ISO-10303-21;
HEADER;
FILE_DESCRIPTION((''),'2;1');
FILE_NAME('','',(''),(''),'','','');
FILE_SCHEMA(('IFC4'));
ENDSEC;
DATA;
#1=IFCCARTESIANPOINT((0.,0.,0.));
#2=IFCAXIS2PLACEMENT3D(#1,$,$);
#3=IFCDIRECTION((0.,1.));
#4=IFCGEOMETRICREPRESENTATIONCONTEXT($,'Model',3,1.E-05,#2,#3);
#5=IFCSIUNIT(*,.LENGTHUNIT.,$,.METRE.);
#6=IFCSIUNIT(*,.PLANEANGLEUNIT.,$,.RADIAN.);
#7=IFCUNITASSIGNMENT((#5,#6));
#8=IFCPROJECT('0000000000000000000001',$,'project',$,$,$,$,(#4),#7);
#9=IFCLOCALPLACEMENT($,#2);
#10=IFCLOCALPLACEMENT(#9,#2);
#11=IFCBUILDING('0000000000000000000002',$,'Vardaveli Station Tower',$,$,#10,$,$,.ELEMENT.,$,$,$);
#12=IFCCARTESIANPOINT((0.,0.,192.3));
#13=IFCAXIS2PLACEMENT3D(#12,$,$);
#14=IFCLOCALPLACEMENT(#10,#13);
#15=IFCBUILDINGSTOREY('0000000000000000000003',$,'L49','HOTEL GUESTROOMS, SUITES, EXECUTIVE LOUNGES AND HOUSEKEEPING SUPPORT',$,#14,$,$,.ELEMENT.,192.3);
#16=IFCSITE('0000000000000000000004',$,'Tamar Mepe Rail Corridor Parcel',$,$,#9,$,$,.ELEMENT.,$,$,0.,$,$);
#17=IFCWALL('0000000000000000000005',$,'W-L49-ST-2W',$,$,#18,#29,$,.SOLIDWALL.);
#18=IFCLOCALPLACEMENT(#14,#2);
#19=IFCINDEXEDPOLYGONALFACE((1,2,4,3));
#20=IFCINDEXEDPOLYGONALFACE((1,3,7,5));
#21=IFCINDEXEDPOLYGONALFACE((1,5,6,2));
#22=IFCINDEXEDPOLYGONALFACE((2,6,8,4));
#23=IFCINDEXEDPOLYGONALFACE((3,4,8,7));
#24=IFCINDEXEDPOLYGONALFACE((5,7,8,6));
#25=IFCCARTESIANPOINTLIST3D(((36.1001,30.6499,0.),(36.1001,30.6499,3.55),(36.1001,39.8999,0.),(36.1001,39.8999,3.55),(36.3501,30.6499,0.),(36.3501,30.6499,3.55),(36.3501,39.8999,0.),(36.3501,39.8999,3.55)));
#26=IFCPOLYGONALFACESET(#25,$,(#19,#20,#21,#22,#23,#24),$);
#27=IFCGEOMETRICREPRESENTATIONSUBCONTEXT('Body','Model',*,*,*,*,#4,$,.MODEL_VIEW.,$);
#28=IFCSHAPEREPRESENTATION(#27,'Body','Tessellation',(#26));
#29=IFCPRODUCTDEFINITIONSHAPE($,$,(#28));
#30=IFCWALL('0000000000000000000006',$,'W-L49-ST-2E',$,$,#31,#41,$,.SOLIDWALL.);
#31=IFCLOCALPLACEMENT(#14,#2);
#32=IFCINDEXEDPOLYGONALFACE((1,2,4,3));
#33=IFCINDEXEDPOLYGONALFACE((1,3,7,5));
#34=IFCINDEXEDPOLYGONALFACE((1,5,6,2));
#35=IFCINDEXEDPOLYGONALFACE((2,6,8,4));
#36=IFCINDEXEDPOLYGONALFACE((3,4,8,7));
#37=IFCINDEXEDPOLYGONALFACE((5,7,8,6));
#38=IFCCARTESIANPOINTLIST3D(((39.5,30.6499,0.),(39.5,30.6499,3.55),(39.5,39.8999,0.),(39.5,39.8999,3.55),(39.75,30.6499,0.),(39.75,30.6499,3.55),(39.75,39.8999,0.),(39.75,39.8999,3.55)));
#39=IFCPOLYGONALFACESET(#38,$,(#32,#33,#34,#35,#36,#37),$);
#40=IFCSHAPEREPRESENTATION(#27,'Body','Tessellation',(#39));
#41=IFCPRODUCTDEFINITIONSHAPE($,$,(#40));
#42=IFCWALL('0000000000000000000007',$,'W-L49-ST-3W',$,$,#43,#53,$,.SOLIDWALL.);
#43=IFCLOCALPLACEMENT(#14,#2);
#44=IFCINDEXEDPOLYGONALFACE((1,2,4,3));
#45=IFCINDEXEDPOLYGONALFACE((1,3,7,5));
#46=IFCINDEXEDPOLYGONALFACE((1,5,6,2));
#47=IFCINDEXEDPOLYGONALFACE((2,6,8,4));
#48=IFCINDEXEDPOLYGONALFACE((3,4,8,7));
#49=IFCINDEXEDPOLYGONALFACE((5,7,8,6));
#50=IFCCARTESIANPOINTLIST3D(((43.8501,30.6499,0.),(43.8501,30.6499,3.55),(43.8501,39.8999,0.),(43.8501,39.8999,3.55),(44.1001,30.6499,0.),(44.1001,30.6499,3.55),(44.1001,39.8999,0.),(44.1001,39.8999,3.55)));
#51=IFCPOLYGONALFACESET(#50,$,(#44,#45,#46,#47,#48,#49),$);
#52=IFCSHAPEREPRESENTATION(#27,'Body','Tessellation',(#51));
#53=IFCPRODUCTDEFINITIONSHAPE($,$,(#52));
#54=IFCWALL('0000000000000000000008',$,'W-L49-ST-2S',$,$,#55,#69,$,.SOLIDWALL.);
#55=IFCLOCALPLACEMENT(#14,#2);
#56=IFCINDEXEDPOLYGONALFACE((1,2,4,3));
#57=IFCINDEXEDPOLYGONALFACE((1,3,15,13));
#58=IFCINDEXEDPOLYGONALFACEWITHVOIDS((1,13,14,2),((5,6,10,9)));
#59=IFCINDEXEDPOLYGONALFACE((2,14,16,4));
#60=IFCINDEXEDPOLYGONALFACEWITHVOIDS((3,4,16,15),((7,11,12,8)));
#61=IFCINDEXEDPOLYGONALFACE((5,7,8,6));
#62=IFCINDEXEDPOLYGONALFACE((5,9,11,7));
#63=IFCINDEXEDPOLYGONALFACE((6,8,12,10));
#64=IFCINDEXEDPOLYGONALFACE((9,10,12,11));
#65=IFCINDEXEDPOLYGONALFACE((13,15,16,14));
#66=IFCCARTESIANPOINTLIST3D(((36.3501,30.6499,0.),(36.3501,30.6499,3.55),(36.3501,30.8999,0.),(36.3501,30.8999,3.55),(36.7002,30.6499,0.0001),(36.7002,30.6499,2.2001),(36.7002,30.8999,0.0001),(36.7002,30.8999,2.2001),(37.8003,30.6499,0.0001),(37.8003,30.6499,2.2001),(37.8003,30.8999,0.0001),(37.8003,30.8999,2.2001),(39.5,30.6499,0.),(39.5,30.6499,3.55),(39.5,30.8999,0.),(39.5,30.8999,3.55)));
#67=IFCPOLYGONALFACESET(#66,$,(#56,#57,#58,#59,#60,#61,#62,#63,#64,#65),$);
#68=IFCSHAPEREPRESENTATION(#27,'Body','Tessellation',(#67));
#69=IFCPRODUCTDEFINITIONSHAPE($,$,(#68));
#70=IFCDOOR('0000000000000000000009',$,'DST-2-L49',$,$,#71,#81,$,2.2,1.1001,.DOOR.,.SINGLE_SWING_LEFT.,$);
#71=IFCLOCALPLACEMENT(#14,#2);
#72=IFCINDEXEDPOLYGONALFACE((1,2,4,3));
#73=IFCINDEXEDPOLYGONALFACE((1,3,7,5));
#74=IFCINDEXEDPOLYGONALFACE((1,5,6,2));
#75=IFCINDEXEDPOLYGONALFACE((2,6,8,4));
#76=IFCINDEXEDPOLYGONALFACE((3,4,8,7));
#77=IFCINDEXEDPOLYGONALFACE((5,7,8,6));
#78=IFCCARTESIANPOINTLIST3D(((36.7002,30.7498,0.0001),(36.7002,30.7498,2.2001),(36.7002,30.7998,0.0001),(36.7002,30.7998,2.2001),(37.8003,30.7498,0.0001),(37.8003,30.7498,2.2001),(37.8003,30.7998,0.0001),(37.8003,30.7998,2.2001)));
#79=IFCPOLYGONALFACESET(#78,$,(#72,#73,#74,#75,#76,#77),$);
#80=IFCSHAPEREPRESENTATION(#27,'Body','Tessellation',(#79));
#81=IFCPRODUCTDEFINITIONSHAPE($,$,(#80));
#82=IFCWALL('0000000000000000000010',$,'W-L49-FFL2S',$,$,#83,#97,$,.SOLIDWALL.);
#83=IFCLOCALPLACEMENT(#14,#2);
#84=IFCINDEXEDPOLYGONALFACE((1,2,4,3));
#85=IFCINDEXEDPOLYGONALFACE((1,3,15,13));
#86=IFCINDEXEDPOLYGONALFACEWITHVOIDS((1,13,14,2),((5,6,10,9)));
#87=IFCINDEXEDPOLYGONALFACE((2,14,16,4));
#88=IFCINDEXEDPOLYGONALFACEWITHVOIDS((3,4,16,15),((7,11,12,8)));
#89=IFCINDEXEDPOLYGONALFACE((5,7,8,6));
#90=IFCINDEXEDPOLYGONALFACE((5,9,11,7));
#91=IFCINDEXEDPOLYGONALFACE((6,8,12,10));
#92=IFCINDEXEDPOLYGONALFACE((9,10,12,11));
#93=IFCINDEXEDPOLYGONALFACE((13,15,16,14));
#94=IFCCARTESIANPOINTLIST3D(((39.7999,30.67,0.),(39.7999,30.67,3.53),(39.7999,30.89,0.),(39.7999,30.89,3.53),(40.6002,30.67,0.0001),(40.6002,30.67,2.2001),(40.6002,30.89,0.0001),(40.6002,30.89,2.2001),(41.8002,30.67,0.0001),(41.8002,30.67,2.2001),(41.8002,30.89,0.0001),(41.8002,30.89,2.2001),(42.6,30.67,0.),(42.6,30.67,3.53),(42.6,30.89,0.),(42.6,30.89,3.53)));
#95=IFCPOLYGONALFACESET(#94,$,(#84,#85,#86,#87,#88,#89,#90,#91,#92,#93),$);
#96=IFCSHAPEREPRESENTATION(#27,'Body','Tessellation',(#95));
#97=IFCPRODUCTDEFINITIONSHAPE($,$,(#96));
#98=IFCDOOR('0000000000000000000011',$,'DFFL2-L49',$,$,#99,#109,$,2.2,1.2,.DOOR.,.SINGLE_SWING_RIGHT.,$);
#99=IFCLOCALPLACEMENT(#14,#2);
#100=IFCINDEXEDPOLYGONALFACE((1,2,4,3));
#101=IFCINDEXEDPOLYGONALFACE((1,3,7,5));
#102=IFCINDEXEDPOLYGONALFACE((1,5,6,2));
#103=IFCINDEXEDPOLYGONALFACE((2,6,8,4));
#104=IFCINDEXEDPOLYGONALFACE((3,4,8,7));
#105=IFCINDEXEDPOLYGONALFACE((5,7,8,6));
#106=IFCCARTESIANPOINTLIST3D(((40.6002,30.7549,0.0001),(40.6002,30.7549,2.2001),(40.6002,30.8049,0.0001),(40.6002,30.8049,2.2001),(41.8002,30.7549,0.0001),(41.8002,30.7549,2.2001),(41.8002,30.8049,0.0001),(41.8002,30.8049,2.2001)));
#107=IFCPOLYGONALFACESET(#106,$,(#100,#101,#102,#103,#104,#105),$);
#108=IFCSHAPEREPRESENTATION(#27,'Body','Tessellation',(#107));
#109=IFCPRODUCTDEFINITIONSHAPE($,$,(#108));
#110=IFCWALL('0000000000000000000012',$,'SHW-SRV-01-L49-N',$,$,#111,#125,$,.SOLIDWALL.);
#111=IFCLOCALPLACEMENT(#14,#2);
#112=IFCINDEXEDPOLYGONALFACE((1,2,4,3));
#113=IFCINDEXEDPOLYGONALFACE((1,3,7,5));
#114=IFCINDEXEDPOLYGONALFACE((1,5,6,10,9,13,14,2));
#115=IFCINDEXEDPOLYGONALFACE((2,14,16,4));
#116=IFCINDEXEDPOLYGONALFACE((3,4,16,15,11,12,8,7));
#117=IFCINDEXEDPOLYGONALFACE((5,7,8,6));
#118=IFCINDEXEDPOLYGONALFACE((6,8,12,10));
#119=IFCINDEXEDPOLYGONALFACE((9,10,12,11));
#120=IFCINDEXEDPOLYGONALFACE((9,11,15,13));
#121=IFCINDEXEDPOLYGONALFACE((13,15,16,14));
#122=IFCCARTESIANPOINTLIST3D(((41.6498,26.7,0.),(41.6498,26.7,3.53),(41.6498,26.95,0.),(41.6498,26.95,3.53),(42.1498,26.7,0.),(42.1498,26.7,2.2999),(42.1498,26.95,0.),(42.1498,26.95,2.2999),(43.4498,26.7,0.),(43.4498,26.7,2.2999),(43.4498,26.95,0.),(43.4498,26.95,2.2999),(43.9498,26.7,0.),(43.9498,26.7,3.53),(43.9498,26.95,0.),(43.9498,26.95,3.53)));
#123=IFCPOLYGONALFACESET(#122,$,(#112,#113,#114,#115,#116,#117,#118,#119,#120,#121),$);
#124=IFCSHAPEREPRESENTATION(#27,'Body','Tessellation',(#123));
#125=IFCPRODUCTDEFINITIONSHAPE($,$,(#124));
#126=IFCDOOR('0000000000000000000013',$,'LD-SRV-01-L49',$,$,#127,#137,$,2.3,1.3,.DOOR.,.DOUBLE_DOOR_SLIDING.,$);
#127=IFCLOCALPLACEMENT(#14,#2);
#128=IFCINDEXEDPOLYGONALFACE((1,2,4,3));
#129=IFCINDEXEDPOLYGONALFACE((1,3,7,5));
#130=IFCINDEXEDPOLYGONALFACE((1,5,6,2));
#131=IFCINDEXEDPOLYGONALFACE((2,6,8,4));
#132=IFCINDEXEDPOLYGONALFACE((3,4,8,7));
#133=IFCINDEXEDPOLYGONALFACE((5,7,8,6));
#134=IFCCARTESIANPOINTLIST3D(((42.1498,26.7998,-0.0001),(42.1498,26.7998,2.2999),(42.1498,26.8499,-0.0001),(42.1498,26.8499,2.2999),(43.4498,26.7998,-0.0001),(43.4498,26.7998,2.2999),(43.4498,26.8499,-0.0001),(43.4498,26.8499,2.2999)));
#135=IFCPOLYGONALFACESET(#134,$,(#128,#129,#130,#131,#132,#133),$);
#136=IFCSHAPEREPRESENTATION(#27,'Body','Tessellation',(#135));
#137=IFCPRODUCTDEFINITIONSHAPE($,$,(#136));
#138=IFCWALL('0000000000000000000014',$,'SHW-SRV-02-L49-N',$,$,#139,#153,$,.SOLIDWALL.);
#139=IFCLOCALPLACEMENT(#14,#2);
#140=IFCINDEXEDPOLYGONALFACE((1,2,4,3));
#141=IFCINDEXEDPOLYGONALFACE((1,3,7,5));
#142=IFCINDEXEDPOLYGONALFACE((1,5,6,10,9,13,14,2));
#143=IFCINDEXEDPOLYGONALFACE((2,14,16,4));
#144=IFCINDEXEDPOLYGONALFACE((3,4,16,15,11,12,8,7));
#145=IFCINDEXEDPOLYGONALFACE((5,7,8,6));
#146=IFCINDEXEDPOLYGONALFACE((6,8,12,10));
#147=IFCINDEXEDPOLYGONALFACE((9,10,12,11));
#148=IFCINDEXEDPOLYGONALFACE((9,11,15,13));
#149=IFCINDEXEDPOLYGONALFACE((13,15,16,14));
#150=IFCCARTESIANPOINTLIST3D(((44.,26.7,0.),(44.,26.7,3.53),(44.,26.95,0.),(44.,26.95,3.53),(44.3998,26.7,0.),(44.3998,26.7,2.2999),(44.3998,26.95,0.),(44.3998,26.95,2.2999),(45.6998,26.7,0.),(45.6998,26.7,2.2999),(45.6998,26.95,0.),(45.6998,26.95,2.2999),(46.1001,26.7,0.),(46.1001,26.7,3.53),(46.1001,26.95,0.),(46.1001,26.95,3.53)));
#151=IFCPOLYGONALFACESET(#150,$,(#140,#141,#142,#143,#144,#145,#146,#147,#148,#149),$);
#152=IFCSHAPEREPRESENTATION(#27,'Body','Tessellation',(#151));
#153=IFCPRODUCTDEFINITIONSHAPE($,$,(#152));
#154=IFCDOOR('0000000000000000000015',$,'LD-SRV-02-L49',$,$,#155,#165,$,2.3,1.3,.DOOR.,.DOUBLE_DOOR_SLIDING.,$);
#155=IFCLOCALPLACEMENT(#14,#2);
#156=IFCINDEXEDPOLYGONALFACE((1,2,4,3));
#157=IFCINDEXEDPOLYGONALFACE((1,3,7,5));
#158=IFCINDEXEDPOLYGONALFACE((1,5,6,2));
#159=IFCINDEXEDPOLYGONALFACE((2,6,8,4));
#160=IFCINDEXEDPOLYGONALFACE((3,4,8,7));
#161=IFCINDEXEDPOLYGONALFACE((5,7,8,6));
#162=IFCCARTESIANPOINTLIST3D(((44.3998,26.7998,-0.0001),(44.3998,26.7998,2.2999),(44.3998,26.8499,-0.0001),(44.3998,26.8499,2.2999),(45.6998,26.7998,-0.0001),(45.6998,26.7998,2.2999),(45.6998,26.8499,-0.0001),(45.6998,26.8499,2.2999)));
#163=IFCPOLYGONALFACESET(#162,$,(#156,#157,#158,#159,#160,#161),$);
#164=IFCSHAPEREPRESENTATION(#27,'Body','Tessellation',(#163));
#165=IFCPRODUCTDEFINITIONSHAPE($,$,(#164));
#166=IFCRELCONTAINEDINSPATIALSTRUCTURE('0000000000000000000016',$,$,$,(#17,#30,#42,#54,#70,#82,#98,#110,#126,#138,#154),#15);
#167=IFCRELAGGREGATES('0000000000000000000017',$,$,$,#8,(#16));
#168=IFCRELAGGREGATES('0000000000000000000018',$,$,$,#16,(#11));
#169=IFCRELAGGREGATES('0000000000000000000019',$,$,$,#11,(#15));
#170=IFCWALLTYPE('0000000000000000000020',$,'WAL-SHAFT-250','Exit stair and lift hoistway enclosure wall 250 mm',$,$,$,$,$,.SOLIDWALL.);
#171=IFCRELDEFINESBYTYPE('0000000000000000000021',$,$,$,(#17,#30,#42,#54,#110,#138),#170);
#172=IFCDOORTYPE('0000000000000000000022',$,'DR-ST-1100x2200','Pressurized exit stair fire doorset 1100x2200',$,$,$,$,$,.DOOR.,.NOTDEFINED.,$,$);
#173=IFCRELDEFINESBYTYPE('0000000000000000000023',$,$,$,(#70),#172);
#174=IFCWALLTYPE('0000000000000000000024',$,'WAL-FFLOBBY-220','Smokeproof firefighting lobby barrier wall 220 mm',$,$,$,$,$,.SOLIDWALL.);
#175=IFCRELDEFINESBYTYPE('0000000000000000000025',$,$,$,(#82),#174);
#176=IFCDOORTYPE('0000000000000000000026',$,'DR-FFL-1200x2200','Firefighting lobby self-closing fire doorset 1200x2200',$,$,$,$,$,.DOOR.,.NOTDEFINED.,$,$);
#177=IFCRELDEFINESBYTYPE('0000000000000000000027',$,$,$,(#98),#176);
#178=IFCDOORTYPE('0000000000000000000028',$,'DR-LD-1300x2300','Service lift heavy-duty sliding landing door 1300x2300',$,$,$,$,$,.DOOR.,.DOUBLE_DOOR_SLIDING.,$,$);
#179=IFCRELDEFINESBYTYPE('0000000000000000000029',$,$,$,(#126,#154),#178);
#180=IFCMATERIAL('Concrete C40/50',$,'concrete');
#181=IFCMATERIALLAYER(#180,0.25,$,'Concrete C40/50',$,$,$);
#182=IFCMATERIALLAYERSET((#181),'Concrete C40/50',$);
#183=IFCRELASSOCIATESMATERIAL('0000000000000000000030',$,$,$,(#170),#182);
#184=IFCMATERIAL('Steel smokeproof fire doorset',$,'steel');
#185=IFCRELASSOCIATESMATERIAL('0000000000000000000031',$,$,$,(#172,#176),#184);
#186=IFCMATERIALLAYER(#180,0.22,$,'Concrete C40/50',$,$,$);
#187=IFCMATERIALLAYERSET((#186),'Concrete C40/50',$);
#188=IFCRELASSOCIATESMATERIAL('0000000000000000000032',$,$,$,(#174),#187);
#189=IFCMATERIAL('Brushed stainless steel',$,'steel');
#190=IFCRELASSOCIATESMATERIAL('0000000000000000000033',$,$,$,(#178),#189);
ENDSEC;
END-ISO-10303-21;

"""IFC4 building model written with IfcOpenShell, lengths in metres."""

from ifc_helpers import new_model, si_unit, direction, frame, frame_2d, origin, place, context, subcontext, project, spatial, rectangle, extrude, source, transform, mapped, material, layer, layer_set, type_object, element, fill, save


model = new_model("IFC4")

# Units and contexts
model_context = context("Model", 3, precision=1e-05, world=origin(), true_north=direction((0.0, 1.0)))
body_context = subcontext(model_context, "Body", "Model", "MODEL_VIEW")
ifc_project = project(units=[si_unit("LENGTHUNIT", "METRE"), si_unit("PLANEANGLEUNIT", "RADIAN")], contexts=[model_context])

# Site, building, storey
site_placement = place(None, origin())
site = spatial("IfcSite", under=ifc_project, at=site_placement, Name="Tamar Mepe Rail Corridor Parcel", CompositionType="ELEMENT", RefElevation=0.0)
building_placement = place(site_placement, origin())
building = spatial("IfcBuilding", under=site, at=building_placement, Name="Vardaveli Station Tower", CompositionType="ELEMENT")
storey_placement = place(building_placement, frame((0.0, 0.0, 192.3)))
storey = spatial("IfcBuildingStorey", under=building, at=storey_placement, Name="L49", Description="HOTEL GUESTROOMS, SUITES, EXECUTIVE LOUNGES AND HOUSEKEEPING SUPPORT", CompositionType="ELEMENT", Elevation=192.3)

# Walls
ifc_material_1 = material(Name="Concrete C40/50", Category="concrete")
ifc_layer_1 = layer(ifc_material_1, 0.25, Name="Concrete C40/50")
ifc_layer_set_1 = layer_set([ifc_layer_1], Name="Concrete C40/50")
wall_type_1 = type_object("IfcWallType", Name="WAL-SHAFT-250", Description="Exit stair and lift hoistway enclosure wall 250 mm", PredefinedType="SOLIDWALL", material=ifc_layer_set_1)
shared_shape_1 = source(origin(), body_context, "Body", "SweptSolid", [
    extrude(rectangle(XDim=9.25, YDim=0.25, at=frame_2d((4.625, 0.0))), origin(), (0.0, 0.0, 1.0), 3.55),
])
for number, where, z_axis, x_axis, name in (
    (1, (36.2251, 30.6499, 0.0), (0.0, 0.0, 1.0), (0.0, 1.0, 0.0), "W-L49-ST-2W"),
    (2, (39.625, 30.6499, 0.0), (0.0, 0.0, 1.0), (0.0, 1.0, 0.0), "W-L49-ST-2E"),
    (3, (43.9751, 30.6499, 0.0), (0.0, 0.0, 1.0), (0.0, 1.0, 0.0), "W-L49-ST-3W"),
):
    element("IfcWall", number, at=place(storey_placement, frame(where, z_axis=z_axis, x_axis=x_axis)), inside=storey, type_object=wall_type_1, Name=name, PredefinedType="SOLIDWALL", context=body_context, shape_type="MappedRepresentation", body=[
        mapped(shared_shape_1, transform((0.0, 0.0, 0.0), scale=1.0)),
    ])

# Walls, openings, doors
shared_shape_2 = source(origin(), body_context, "Body", "SweptSolid", [
    extrude(rectangle(XDim=3.1499, YDim=0.25, at=frame_2d((1.575, 0.0))), origin(), (0.0, 0.0, 1.0), 3.55),
])
wall_1_placement = place(storey_placement, frame((36.3501, 30.7749, 0.0), z_axis=(0.0, 0.0, 1.0), x_axis=(1.0, 0.0, 0.0)))
wall_1 = element("IfcWall", 4, at=wall_1_placement, inside=storey, type_object=wall_type_1, Name="W-L49-ST-2S", PredefinedType="SOLIDWALL", context=body_context, shape_type="MappedRepresentation", body=[
    mapped(shared_shape_2, transform((0.0, 0.0, 0.0), scale=1.0)),
])
shared_shape_3 = source(origin(), body_context, "Body", "SweptSolid", [
    extrude(rectangle(XDim=1.1001, YDim=2.2, at=frame_2d((0.55, 1.1001))), frame((0.0, 0.135, 0.0), z_axis=(0.0, -1.0, 0.0), x_axis=(1.0, 0.0, 0.0)), (0.0, 0.0, 1.0), 0.27),
])
opening_1_placement = place(wall_1_placement, frame((0.3501, 0.0, 0.0)))
opening_1 = element("IfcOpeningElement", 5, at=opening_1_placement, cuts=wall_1, PredefinedType="OPENING", context=body_context, shape_type="MappedRepresentation", body=[
    mapped(shared_shape_3, transform((0.0, 0.0, 0.0), scale=1.0)),
])
ifc_material_2 = material(Name="Steel smokeproof fire doorset", Category="steel")
door_type_1 = type_object("IfcDoorType", Name="DR-ST-1100x2200", Description="Pressurized exit stair fire doorset 1100x2200", OperationType="NOTDEFINED", PredefinedType="DOOR", material=ifc_material_2)
shared_shape_4 = source(origin(), body_context, "Body", "SweptSolid", [
    extrude(rectangle(XDim=1.1001, YDim=2.2, at=frame_2d((0.55, 1.1001))), frame((0.0, 0.0249, 0.0), z_axis=(0.0, -1.0, 0.0), x_axis=(1.0, 0.0, 0.0)), (0.0, 0.0, 1.0), 0.05),
])
door_1_placement = place(opening_1_placement, origin())
door_1 = element("IfcDoor", 6, at=door_1_placement, inside=storey, type_object=door_type_1, Name="DST-2-L49", OperationType="SINGLE_SWING_LEFT", OverallHeight=2.2, OverallWidth=1.1001, PredefinedType="DOOR", context=body_context, shape_type="MappedRepresentation", body=[
    mapped(shared_shape_4, transform((0.0, 0.0, 0.0), scale=1.0)),
])
fill(opening_1, door_1)
ifc_layer_2 = layer(ifc_material_1, 0.22, Name="Concrete C40/50")
ifc_layer_set_2 = layer_set([ifc_layer_2], Name="Concrete C40/50")
wall_type_2 = type_object("IfcWallType", Name="WAL-FFLOBBY-220", Description="Smokeproof firefighting lobby barrier wall 220 mm", PredefinedType="SOLIDWALL", material=ifc_layer_set_2)
shared_shape_5 = source(origin(), body_context, "Body", "SweptSolid", [
    extrude(rectangle(XDim=2.8, YDim=0.22, at=frame_2d((1.3999, 0.0))), origin(), (0.0, 0.0, 1.0), 3.53),
])
wall_2_placement = place(storey_placement, frame((39.8, 30.78, 0.0), z_axis=(0.0, 0.0, 1.0), x_axis=(1.0, 0.0, 0.0)))
wall_2 = element("IfcWall", 7, at=wall_2_placement, inside=storey, type_object=wall_type_2, Name="W-L49-FFL2S", PredefinedType="SOLIDWALL", context=body_context, shape_type="MappedRepresentation", body=[
    mapped(shared_shape_5, transform((0.0, 0.0, 0.0), scale=1.0)),
])
shared_shape_6 = source(origin(), body_context, "Body", "SweptSolid", [
    extrude(rectangle(XDim=1.2, YDim=2.2, at=frame_2d((0.6001, 1.1001))), frame((0.0, 0.1201, 0.0), z_axis=(0.0, -1.0, 0.0), x_axis=(1.0, 0.0, 0.0)), (0.0, 0.0, 1.0), 0.24),
])
opening_2_placement = place(wall_2_placement, frame((0.8, 0.0, 0.0)))
opening_2 = element("IfcOpeningElement", 8, at=opening_2_placement, cuts=wall_2, PredefinedType="OPENING", context=body_context, shape_type="MappedRepresentation", body=[
    mapped(shared_shape_6, transform((0.0, 0.0, 0.0), scale=1.0)),
])
door_type_2 = type_object("IfcDoorType", Name="DR-FFL-1200x2200", Description="Firefighting lobby self-closing fire doorset 1200x2200", OperationType="NOTDEFINED", PredefinedType="DOOR", material=ifc_material_2)
shared_shape_7 = source(origin(), body_context, "Body", "SweptSolid", [
    extrude(rectangle(XDim=1.2, YDim=2.2, at=frame_2d((0.6001, 1.1001))), frame((0.0, 0.0249, 0.0), z_axis=(0.0, -1.0, 0.0), x_axis=(1.0, 0.0, 0.0)), (0.0, 0.0, 1.0), 0.05),
])
door_2_placement = place(opening_2_placement, origin())
door_2 = element("IfcDoor", 9, at=door_2_placement, inside=storey, type_object=door_type_2, Name="DFFL2-L49", OperationType="SINGLE_SWING_RIGHT", OverallHeight=2.2, OverallWidth=1.2, PredefinedType="DOOR", context=body_context, shape_type="MappedRepresentation", body=[
    mapped(shared_shape_7, transform((0.0, 0.0, 0.0), scale=1.0)),
])
fill(opening_2, door_2)
shared_shape_8 = source(origin(), body_context, "Body", "SweptSolid", [
    extrude(rectangle(XDim=2.3, YDim=0.25, at=frame_2d((1.1499, 0.0))), origin(), (0.0, 0.0, 1.0), 3.53),
])
wall_3_placement = place(storey_placement, frame((41.6499, 26.825, 0.0), z_axis=(0.0, 0.0, 1.0), x_axis=(1.0, 0.0, 0.0)))
wall_3 = element("IfcWall", 10, at=wall_3_placement, inside=storey, type_object=wall_type_1, Name="SHW-SRV-01-L49-N", PredefinedType="SOLIDWALL", context=body_context, shape_type="MappedRepresentation", body=[
    mapped(shared_shape_8, transform((0.0, 0.0, 0.0), scale=1.0)),
])
shared_shape_9 = source(origin(), body_context, "Body", "SweptSolid", [
    extrude(rectangle(XDim=1.3, YDim=2.3, at=frame_2d((0.6499, 1.1499))), frame((0.0, 0.135, 0.0), z_axis=(0.0, -1.0, 0.0), x_axis=(1.0, 0.0, 0.0)), (0.0, 0.0, 1.0), 0.27),
])
opening_3_placement = place(wall_3_placement, frame((0.5, 0.0, 0.0)))
opening_3 = element("IfcOpeningElement", 11, at=opening_3_placement, cuts=wall_3, PredefinedType="OPENING", context=body_context, shape_type="MappedRepresentation", body=[
    mapped(shared_shape_9, transform((0.0, 0.0, 0.0), scale=1.0)),
])
ifc_material_3 = material(Name="Brushed stainless steel", Category="steel")
door_type_3 = type_object("IfcDoorType", Name="DR-LD-1300x2300", Description="Service lift heavy-duty sliding landing door 1300x2300", OperationType="DOUBLE_DOOR_SLIDING", PredefinedType="DOOR", material=ifc_material_3)
shared_shape_10 = source(origin(), body_context, "Body", "SweptSolid", [
    extrude(rectangle(XDim=1.3, YDim=2.3, at=frame_2d((0.6499, 1.1499))), frame((0.0, 0.0249, 0.0), z_axis=(0.0, -1.0, 0.0), x_axis=(1.0, 0.0, 0.0)), (0.0, 0.0, 1.0), 0.05),
])
door_3_placement = place(opening_3_placement, origin())
door_3 = element("IfcDoor", 12, at=door_3_placement, inside=storey, type_object=door_type_3, Name="LD-SRV-01-L49", OperationType="DOUBLE_DOOR_SLIDING", OverallHeight=2.3, OverallWidth=1.3, PredefinedType="DOOR", context=body_context, shape_type="MappedRepresentation", body=[
    mapped(shared_shape_10, transform((0.0, 0.0, 0.0), scale=1.0)),
])
fill(opening_3, door_3)
shared_shape_11 = source(origin(), body_context, "Body", "SweptSolid", [
    extrude(rectangle(XDim=2.1001, YDim=0.25, at=frame_2d((1.05, 0.0))), origin(), (0.0, 0.0, 1.0), 3.53),
])
wall_4_placement = place(storey_placement, frame((44.0, 26.825, 0.0), z_axis=(0.0, 0.0, 1.0), x_axis=(1.0, 0.0, 0.0)))
wall_4 = element("IfcWall", 13, at=wall_4_placement, inside=storey, type_object=wall_type_1, Name="SHW-SRV-02-L49-N", PredefinedType="SOLIDWALL", context=body_context, shape_type="MappedRepresentation", body=[
    mapped(shared_shape_11, transform((0.0, 0.0, 0.0), scale=1.0)),
])
opening_4_placement = place(wall_4_placement, frame((0.3999, 0.0, 0.0)))
opening_4 = element("IfcOpeningElement", 14, at=opening_4_placement, cuts=wall_4, PredefinedType="OPENING", context=body_context, shape_type="MappedRepresentation", body=[
    mapped(shared_shape_9, transform((0.0, 0.0, 0.0), scale=1.0)),
])
door_4_placement = place(opening_4_placement, origin())
door_4 = element("IfcDoor", 15, at=door_4_placement, inside=storey, type_object=door_type_3, Name="LD-SRV-02-L49", OperationType="DOUBLE_DOOR_SLIDING", OverallHeight=2.3, OverallWidth=1.3, PredefinedType="DOOR", context=body_context, shape_type="MappedRepresentation", body=[
    mapped(shared_shape_10, transform((0.0, 0.0, 0.0), scale=1.0)),
])
fill(opening_4, door_4)

save(model, "model.ifc")
